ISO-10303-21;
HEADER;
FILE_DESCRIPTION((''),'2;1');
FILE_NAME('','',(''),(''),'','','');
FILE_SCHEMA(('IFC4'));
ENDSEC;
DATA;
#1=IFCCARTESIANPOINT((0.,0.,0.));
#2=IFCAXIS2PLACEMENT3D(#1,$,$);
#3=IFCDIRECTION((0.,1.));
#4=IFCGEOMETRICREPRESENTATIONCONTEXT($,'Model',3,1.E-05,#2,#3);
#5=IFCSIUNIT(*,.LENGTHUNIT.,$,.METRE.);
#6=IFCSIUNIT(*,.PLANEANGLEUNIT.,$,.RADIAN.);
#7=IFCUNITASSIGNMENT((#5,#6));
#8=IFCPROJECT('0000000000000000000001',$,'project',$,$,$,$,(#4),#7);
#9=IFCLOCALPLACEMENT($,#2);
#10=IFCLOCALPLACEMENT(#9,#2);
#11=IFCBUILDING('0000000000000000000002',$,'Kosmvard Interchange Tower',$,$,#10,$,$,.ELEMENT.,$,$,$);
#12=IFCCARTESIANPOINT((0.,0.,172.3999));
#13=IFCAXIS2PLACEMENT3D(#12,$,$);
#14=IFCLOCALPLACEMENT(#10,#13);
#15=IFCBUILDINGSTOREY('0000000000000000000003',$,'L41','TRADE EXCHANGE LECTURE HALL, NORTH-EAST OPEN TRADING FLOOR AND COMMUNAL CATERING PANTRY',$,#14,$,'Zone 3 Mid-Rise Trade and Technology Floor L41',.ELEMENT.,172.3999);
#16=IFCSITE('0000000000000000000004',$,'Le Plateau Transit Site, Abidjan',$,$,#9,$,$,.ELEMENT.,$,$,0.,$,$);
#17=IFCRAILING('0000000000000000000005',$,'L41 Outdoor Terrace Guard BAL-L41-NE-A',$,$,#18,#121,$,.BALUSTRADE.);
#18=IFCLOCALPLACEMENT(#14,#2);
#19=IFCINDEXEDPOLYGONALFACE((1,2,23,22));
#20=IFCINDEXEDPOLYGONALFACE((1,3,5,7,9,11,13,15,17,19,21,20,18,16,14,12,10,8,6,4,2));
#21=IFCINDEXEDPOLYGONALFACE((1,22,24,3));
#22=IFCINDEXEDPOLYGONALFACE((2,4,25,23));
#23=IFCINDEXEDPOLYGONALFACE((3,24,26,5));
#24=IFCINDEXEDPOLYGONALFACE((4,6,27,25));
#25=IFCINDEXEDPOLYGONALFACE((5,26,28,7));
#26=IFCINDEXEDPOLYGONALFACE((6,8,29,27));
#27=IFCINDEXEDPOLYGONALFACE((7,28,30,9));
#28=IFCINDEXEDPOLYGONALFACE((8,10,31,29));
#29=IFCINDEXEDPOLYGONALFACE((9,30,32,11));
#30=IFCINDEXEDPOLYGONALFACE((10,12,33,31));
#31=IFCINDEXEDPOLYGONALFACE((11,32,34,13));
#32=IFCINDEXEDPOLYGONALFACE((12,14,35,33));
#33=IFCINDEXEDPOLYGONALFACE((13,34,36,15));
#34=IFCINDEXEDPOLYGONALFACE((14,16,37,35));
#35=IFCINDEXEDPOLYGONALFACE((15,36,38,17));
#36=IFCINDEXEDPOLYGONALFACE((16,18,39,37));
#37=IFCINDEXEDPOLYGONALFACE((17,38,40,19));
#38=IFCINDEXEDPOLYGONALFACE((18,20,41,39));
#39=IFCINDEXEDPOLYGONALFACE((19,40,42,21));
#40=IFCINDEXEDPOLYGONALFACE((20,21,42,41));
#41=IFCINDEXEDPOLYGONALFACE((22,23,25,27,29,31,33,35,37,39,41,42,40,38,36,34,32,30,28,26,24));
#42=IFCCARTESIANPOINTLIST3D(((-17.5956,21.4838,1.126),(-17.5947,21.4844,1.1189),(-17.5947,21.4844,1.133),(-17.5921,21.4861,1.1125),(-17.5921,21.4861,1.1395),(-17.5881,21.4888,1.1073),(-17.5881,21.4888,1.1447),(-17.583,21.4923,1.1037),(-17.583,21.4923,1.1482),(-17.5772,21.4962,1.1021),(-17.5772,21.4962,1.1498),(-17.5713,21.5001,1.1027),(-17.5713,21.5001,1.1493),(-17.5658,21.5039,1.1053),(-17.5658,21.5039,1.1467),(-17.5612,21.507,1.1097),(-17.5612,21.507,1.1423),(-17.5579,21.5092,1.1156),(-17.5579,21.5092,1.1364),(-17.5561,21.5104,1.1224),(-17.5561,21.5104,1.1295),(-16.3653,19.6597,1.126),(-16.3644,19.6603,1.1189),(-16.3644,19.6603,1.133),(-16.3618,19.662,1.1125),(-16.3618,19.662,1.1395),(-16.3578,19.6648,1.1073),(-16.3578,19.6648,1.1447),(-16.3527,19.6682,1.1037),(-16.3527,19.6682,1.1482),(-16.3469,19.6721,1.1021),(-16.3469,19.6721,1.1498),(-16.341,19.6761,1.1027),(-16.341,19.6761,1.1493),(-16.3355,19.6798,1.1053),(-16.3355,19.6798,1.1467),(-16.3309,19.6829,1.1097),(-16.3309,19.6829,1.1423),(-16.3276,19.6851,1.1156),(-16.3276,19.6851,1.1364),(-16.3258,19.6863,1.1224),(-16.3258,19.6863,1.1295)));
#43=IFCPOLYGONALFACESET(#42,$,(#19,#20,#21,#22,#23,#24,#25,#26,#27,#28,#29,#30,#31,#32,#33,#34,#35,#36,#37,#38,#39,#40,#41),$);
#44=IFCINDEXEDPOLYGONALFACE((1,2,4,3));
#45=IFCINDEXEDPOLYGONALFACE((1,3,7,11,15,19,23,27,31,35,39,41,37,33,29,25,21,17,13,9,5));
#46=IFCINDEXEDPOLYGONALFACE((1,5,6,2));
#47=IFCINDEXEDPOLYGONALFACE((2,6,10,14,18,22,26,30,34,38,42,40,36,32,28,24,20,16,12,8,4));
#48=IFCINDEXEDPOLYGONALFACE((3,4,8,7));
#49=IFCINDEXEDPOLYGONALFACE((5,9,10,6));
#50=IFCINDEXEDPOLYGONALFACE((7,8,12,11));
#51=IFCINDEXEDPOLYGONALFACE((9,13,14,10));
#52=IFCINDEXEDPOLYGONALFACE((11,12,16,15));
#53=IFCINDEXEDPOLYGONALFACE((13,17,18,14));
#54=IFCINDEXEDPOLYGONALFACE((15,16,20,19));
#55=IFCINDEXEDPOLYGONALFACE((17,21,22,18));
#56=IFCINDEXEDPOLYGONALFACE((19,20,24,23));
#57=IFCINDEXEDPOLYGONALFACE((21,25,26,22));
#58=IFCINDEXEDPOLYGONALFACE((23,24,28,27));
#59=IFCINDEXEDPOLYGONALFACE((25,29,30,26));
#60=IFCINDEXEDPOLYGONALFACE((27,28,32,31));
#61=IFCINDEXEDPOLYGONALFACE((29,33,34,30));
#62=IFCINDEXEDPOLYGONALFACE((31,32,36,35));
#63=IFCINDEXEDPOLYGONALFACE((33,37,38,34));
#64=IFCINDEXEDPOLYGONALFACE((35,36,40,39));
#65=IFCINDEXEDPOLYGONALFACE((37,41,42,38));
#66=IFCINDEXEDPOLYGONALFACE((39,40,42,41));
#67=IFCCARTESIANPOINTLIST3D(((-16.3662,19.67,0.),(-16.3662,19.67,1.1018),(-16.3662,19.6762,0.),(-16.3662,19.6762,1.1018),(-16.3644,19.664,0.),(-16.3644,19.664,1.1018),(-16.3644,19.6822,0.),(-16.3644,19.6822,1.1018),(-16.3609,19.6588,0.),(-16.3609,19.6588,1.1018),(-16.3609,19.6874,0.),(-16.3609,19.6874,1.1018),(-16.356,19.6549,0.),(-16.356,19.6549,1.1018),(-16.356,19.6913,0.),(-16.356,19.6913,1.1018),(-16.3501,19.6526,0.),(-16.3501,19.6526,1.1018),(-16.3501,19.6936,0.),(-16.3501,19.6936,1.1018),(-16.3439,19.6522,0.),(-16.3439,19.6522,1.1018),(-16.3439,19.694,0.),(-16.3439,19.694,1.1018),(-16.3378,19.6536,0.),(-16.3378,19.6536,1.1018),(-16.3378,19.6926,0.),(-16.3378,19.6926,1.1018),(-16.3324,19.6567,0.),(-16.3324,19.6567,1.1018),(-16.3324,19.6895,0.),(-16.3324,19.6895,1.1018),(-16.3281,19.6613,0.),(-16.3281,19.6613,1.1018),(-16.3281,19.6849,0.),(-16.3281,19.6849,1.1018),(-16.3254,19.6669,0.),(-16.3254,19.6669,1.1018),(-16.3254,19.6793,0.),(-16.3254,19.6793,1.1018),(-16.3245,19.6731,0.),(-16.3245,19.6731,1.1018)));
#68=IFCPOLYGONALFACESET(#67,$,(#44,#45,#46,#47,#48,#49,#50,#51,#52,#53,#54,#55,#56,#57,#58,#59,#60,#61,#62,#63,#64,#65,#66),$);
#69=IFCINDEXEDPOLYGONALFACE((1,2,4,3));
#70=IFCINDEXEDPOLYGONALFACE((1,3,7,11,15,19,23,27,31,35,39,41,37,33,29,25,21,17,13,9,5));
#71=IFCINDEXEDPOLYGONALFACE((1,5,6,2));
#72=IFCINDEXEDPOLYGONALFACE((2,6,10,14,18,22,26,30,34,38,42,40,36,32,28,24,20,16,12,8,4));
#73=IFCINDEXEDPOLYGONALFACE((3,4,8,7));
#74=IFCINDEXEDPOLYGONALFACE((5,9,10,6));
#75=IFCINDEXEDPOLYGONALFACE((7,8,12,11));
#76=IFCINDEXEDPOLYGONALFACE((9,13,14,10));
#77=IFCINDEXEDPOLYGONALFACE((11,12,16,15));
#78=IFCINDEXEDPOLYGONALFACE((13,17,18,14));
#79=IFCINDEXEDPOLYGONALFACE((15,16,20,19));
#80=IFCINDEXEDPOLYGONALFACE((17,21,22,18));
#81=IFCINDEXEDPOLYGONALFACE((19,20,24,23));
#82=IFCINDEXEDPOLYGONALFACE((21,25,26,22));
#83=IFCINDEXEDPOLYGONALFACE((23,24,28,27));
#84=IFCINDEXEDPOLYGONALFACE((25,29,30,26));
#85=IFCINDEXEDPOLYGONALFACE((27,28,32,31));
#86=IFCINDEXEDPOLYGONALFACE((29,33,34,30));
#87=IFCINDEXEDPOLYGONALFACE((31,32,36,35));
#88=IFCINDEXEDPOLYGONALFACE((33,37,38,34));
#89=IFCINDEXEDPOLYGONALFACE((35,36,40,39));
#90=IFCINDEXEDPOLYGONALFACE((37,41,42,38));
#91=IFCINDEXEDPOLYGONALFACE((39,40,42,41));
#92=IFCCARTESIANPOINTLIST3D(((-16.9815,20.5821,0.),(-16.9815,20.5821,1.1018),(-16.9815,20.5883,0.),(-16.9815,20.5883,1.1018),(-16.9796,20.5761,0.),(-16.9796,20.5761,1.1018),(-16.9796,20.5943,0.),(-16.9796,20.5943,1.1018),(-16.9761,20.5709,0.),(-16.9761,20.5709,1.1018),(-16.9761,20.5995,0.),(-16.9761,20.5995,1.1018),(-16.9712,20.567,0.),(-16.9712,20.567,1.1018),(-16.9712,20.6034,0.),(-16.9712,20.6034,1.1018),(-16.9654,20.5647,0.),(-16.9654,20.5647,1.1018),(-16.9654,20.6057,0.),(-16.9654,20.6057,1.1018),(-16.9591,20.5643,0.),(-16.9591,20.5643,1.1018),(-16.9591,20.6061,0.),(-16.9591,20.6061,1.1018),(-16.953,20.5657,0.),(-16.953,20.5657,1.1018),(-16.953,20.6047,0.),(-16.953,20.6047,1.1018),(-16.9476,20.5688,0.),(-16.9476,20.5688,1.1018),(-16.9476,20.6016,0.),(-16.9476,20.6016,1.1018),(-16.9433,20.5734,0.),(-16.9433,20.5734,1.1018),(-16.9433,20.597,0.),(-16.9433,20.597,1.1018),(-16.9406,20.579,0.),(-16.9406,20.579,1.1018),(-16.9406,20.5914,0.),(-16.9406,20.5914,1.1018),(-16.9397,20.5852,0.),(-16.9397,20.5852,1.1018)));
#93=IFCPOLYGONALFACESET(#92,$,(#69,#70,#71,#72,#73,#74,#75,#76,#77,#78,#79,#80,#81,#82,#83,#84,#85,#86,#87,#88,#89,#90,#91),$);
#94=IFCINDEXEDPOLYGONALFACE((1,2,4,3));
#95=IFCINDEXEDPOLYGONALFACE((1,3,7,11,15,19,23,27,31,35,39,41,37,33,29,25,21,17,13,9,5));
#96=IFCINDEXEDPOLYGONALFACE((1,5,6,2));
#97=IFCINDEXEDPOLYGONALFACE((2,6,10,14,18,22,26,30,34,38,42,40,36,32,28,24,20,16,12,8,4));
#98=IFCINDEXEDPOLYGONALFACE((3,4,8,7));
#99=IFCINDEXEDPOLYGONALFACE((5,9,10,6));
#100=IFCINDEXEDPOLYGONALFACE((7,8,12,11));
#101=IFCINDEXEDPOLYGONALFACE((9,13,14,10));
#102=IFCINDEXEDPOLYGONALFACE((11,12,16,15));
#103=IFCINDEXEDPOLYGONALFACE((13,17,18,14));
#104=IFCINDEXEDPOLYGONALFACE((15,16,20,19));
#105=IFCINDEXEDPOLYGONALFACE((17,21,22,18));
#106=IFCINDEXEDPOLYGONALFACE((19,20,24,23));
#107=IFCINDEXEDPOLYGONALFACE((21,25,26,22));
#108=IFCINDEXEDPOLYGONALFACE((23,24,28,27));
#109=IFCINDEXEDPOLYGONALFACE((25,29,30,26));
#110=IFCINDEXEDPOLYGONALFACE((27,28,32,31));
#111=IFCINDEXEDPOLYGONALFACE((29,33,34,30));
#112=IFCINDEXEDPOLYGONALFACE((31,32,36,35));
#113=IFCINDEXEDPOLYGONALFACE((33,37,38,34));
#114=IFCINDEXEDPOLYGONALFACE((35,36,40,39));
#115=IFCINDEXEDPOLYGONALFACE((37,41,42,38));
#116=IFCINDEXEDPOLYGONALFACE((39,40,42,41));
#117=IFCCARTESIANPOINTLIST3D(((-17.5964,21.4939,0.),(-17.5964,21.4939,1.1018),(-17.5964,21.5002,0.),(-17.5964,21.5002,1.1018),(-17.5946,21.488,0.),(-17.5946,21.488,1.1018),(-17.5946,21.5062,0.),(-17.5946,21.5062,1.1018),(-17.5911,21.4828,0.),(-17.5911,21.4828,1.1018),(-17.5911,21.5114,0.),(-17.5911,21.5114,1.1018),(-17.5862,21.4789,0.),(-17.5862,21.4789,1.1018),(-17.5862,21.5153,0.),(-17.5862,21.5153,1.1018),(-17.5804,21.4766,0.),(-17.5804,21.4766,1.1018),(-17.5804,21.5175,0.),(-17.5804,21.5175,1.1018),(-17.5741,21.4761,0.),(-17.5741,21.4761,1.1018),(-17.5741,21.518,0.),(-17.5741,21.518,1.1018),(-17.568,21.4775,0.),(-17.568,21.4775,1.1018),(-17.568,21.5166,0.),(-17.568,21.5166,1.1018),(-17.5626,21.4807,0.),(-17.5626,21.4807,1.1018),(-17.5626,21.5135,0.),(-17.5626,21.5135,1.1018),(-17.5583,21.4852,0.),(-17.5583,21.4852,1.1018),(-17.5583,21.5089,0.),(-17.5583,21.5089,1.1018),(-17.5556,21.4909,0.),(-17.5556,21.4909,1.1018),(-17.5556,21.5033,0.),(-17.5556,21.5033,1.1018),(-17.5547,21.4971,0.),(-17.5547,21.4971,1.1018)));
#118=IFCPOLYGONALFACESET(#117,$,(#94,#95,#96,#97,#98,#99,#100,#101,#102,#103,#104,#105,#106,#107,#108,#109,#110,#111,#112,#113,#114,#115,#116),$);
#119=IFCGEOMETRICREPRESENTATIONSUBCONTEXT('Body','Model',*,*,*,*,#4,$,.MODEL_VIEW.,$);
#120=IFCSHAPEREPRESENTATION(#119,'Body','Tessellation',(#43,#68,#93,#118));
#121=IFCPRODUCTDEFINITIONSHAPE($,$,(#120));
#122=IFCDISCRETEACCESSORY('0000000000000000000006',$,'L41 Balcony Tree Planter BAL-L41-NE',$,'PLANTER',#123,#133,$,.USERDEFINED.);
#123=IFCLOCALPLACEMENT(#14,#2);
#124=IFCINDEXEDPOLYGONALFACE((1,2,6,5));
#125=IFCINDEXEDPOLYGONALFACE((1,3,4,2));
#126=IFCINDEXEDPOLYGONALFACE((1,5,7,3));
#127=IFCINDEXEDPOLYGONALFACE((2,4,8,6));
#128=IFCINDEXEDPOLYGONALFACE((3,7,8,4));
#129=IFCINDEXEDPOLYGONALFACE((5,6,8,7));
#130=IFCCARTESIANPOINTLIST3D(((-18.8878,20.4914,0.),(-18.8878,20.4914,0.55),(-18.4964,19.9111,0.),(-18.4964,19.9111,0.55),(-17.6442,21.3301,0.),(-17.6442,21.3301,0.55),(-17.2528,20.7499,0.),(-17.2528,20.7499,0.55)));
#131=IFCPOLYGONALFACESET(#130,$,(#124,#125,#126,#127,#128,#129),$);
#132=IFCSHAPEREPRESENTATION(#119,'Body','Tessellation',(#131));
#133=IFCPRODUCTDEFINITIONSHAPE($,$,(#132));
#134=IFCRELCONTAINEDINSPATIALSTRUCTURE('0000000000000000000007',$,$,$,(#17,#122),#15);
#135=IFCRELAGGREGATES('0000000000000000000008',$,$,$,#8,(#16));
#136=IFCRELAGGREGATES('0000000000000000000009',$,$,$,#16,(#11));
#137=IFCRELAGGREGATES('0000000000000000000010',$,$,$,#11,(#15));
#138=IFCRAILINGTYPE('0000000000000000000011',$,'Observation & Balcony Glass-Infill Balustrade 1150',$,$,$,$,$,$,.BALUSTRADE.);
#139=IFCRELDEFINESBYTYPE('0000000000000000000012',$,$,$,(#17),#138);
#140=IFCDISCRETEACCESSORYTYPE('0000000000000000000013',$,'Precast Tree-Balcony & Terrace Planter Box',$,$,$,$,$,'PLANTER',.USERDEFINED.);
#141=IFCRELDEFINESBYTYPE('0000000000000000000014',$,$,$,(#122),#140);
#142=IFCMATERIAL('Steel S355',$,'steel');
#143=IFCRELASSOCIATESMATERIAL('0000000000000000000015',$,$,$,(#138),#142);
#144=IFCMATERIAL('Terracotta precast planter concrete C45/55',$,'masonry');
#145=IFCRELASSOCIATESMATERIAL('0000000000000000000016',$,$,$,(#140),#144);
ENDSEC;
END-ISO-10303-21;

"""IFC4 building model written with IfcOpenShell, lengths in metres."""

from ifc_helpers import new_model, si_unit, direction, frame, origin, origin_2d, place, context, subcontext, project, spatial, rectangle, circle, extrude, source, transform, mapped, material, type_object, element, save


model = new_model("IFC4")

# Units and contexts
model_context = context("Model", 3, precision=1e-05, world=origin(), true_north=direction((0.0, 1.0)))
body_context = subcontext(model_context, "Body", "Model", "MODEL_VIEW")
ifc_project = project(units=[si_unit("LENGTHUNIT", "METRE"), si_unit("PLANEANGLEUNIT", "RADIAN")], contexts=[model_context])

# Site, building, storey
site_placement = place(None, origin())
site = spatial("IfcSite", under=ifc_project, at=site_placement, Name="Le Plateau Transit Site, Abidjan", CompositionType="ELEMENT", RefElevation=0.0)
building_placement = place(site_placement, origin())
building = spatial("IfcBuilding", under=site, at=building_placement, Name="Kosmvard Interchange Tower", CompositionType="ELEMENT")
storey_placement = place(building_placement, frame((0.0, 0.0, 172.3999)))
storey = spatial("IfcBuildingStorey", under=building, at=storey_placement, Name="L41", Description="TRADE EXCHANGE LECTURE HALL, NORTH-EAST OPEN TRADING FLOOR AND COMMUNAL CATERING PANTRY", LongName="Zone 3 Mid-Rise Trade and Technology Floor L41", CompositionType="ELEMENT", Elevation=172.3999)

# Shared definitions
ifc_material_1 = material(Name="Steel S355", Category="steel")

# Railing
railing_type = type_object("IfcRailingType", Name="Observation & Balcony Glass-Infill Balustrade 1150", PredefinedType="BALUSTRADE", material=ifc_material_1)
shared_shape_1 = source(origin(), body_context, "Body", "SweptSolid", [
    extrude(circle(Radius=0.0239, at=origin_2d()), frame((0.0, 0.0, 1.126), z_axis=(-0.559174, 0.829051, 0.0), x_axis=(-0.829051, -0.559174, 0.0)), (0.0, 0.0, 1.0), 2.2002),
    extrude(circle(Radius=0.021, at=origin_2d()), origin(), (0.0, 0.0, 1.0), 1.1018),
    extrude(circle(Radius=0.021, at=origin_2d()), frame((-0.6152, 0.9121, 0.0)), (0.0, 0.0, 1.0), 1.1018),
    extrude(circle(Radius=0.021, at=origin_2d()), frame((-1.2302, 1.824, 0.0)), (0.0, 0.0, 1.0), 1.1018),
])
railing_1_placement = place(storey_placement, frame((-16.3455, 19.6731, 0.0)))
element("IfcRailing", 1, at=railing_1_placement, inside=storey, type_object=railing_type, Name="L41 Outdoor Terrace Guard BAL-L41-NE-A", PredefinedType="BALUSTRADE", context=body_context, shape_type="MappedRepresentation", body=[
    mapped(shared_shape_1, transform((0.0, 0.0, 0.0), scale=1.0)),
])

# Discrete accessory
ifc_material_2 = material(Name="Terracotta precast planter concrete C45/55", Category="masonry")
discrete_accessory_type = type_object("IfcDiscreteAccessoryType", Name="Precast Tree-Balcony & Terrace Planter Box", ElementType="PLANTER", PredefinedType="USERDEFINED", material=ifc_material_2)
shared_shape_2 = source(origin(), body_context, "Body", "SweptSolid", [
    extrude(rectangle(XDim=1.5, YDim=0.7, at=origin_2d()), origin(), (0.0, 0.0, 1.0), 0.55),
])
discrete_accessory_placement = place(storey_placement, frame((-18.0703, 20.6206, 0.0), z_axis=(0.0, 0.0, 1.0), x_axis=(0.829038, 0.559193, 0.0)))
element("IfcDiscreteAccessory", 2, at=discrete_accessory_placement, inside=storey, type_object=discrete_accessory_type, Name="L41 Balcony Tree Planter BAL-L41-NE", ObjectType="PLANTER", PredefinedType="USERDEFINED", context=body_context, shape_type="MappedRepresentation", body=[
    mapped(shared_shape_2, transform((0.0, 0.0, 0.0), scale=1.0)),
])

save(model, "model.ifc")
